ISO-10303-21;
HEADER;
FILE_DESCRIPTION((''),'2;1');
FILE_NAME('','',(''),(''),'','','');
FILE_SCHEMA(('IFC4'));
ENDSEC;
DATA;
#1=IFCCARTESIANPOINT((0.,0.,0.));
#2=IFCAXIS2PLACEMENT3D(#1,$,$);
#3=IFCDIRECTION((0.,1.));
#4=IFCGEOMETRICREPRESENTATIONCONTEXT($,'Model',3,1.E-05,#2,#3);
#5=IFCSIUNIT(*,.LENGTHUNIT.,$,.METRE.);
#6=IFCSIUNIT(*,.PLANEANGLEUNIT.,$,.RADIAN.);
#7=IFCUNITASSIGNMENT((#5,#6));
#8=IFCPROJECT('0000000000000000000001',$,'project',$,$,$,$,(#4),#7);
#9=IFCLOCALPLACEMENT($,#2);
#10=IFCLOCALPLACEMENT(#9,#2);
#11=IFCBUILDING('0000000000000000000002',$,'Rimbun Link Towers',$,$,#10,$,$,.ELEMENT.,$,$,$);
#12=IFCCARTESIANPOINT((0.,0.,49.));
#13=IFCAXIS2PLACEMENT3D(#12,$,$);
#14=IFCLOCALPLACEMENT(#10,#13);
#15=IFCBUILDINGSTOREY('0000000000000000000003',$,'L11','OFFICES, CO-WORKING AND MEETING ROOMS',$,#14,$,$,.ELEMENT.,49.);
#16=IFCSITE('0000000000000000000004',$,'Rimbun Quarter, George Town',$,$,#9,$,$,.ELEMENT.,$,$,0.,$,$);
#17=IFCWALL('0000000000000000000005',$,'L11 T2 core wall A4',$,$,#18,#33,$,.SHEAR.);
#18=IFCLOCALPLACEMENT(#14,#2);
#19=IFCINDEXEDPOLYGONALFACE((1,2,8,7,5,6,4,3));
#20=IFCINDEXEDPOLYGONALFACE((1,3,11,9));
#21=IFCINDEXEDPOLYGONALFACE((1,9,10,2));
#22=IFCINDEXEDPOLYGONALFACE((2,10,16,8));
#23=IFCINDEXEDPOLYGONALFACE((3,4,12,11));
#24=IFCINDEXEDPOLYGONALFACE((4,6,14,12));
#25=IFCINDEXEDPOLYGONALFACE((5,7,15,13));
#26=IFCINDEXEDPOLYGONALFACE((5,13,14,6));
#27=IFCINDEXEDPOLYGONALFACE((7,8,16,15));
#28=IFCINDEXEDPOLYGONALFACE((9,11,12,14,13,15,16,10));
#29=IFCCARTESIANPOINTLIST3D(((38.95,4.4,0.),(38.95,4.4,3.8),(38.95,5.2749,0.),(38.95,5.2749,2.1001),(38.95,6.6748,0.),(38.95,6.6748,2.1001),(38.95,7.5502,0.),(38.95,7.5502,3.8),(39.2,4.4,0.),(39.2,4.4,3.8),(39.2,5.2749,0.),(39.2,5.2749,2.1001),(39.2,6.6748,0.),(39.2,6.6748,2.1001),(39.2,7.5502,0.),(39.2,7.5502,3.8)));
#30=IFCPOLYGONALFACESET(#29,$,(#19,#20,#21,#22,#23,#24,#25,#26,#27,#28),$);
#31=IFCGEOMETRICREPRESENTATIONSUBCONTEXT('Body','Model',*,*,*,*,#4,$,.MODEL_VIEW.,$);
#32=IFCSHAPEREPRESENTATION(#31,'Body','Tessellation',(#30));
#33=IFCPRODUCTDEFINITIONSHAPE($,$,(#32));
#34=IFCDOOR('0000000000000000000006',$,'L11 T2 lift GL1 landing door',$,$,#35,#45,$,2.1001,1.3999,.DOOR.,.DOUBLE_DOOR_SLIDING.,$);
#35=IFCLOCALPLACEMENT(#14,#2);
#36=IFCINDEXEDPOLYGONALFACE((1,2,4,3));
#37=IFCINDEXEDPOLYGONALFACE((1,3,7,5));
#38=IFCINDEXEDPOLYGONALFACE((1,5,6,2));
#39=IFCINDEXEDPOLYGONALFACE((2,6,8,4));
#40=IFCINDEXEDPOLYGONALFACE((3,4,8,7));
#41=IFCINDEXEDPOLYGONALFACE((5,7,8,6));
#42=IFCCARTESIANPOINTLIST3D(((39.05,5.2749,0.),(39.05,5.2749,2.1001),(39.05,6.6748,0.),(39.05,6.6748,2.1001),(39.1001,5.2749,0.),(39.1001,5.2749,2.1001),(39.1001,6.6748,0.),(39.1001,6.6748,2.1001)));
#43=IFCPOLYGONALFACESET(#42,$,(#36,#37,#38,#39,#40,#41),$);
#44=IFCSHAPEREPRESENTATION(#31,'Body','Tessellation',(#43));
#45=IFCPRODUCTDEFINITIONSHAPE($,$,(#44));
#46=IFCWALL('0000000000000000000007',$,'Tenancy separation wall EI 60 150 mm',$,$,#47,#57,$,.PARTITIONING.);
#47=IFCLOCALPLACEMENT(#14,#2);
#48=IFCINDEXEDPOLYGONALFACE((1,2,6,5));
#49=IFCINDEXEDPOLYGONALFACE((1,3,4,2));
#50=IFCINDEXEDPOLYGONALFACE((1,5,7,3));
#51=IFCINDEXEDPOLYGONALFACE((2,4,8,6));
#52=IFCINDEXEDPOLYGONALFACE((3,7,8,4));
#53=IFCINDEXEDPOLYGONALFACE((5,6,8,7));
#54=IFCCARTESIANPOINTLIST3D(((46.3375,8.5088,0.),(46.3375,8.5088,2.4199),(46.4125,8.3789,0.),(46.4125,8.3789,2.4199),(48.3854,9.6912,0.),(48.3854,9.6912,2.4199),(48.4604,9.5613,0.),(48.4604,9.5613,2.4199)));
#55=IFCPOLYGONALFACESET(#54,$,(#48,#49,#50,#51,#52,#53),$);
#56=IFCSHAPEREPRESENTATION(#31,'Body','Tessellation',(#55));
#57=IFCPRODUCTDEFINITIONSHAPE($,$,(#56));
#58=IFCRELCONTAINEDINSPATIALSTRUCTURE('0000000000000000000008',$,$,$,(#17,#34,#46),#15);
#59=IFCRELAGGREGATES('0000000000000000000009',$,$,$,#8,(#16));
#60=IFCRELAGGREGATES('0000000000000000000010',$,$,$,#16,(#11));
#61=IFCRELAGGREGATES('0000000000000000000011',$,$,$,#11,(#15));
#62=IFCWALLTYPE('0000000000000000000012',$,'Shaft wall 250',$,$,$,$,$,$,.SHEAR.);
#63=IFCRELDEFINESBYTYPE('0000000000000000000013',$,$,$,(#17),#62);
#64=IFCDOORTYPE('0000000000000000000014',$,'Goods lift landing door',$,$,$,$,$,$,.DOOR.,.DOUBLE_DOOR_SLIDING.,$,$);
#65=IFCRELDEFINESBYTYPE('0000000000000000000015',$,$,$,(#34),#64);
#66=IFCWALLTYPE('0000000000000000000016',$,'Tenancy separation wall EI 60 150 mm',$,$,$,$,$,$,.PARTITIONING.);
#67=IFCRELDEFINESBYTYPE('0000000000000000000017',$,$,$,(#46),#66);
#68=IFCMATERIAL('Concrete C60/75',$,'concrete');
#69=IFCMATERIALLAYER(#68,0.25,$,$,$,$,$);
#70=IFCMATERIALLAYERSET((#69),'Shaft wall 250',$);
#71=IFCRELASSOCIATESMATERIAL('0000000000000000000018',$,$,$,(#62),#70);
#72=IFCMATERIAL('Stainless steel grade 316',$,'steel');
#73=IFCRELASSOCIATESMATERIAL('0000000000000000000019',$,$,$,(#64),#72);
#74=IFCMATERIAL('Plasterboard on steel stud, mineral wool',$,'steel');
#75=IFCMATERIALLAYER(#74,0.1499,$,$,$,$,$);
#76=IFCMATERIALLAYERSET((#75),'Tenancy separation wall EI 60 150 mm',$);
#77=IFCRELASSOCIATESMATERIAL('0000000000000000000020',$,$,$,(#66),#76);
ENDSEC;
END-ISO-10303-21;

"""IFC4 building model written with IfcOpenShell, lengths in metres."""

from ifc_helpers import new_model, si_unit, direction, frame, frame_2d, origin, place, context, subcontext, project, spatial, rectangle, extrude, material, layer, layer_set, type_object, element, fill, save


model = new_model("IFC4")

# Units and contexts
model_context = context("Model", 3, precision=1e-05, world=origin(), true_north=direction((0.0, 1.0)))
body_context = subcontext(model_context, "Body", "Model", "MODEL_VIEW")
ifc_project = project(units=[si_unit("LENGTHUNIT", "METRE"), si_unit("PLANEANGLEUNIT", "RADIAN")], contexts=[model_context])

# Site, building, storey
site_placement = place(None, origin())
site = spatial("IfcSite", under=ifc_project, at=site_placement, Name="Rimbun Quarter, George Town", CompositionType="ELEMENT", RefElevation=0.0)
building_placement = place(site_placement, origin())
building = spatial("IfcBuilding", under=site, at=building_placement, Name="Rimbun Link Towers", CompositionType="ELEMENT")
storey_placement = place(building_placement, frame((0.0, 0.0, 49.0)))
storey = spatial("IfcBuildingStorey", under=building, at=storey_placement, Name="L11", Description="OFFICES, CO-WORKING AND MEETING ROOMS", CompositionType="ELEMENT", Elevation=49.0)

# Shared definitions
ifc_material_1 = material(Name="Concrete C60/75", Category="concrete")
ifc_layer_1 = layer(ifc_material_1, 0.25)
ifc_layer_set_1 = layer_set([ifc_layer_1], Name="Shaft wall 250")
wall_type_1 = type_object("IfcWallType", Name="Shaft wall 250", PredefinedType="SHEAR", material=ifc_layer_set_1)

# Wall, opening, door
wall_1_placement = place(storey_placement, frame((39.075, 4.3999, 0.0), z_axis=(0.0, 0.0, 1.0), x_axis=(0.0, 1.0, 0.0)))
wall_1 = element("IfcWall", 1, at=wall_1_placement, inside=storey, type_object=wall_type_1, Name="L11 T2 core wall A4", PredefinedType="SHEAR", context=body_context, shape_type="SweptSolid", body=[
    extrude(rectangle(XDim=3.1501, YDim=0.25, at=frame_2d((1.5752, 0.0))), origin(), (0.0, 0.0, 1.0), 3.8),
])
opening_1_placement = place(wall_1_placement, frame((0.875, 0.0, 0.0)))
opening_1 = element("IfcOpeningElement", 2, at=opening_1_placement, cuts=wall_1, PredefinedType="OPENING", context=body_context, shape_type="SweptSolid", body=[
    extrude(rectangle(XDim=1.3999, YDim=2.1001, at=frame_2d((0.7, 1.05))), frame((0.0, 0.135, 0.0), z_axis=(0.0, -1.0, 0.0), x_axis=(1.0, 0.0, 0.0)), (0.0, 0.0, 1.0), 0.27),
])
ifc_material_2 = material(Name="Stainless steel grade 316", Category="steel")
door_type_1 = type_object("IfcDoorType", Name="Goods lift landing door", OperationType="DOUBLE_DOOR_SLIDING", PredefinedType="DOOR", material=ifc_material_2)
door_1_placement = place(opening_1_placement, origin())
door_1 = element("IfcDoor", 3, at=door_1_placement, inside=storey, type_object=door_type_1, Name="L11 T2 lift GL1 landing door", OperationType="DOUBLE_DOOR_SLIDING", OverallHeight=2.1001, OverallWidth=1.3999, PredefinedType="DOOR", context=body_context, shape_type="SweptSolid", body=[
    extrude(rectangle(XDim=1.3999, YDim=2.1001, at=frame_2d((0.7, 1.05))), frame((0.0, 0.0249, 0.0), z_axis=(0.0, -1.0, 0.0), x_axis=(1.0, 0.0, 0.0)), (0.0, 0.0, 1.0), 0.05),
])
fill(opening_1, door_1)

# Wall
ifc_material_3 = material(Name="Plasterboard on steel stud, mineral wool", Category="steel")
ifc_layer_2 = layer(ifc_material_3, 0.1499)
ifc_layer_set_2 = layer_set([ifc_layer_2], Name="Tenancy separation wall EI 60 150 mm")
wall_type_2 = type_object("IfcWallType", Name="Tenancy separation wall EI 60 150 mm", PredefinedType="PARTITIONING", material=ifc_layer_set_2)
wall_2_placement = place(storey_placement, frame((46.375, 8.4438, 0.0), z_axis=(0.0, 0.0, 1.0), x_axis=(0.866017, 0.500014, 0.0)))
element("IfcWall", 4, at=wall_2_placement, inside=storey, type_object=wall_type_2, Name="Tenancy separation wall EI 60 150 mm", PredefinedType="PARTITIONING", context=body_context, shape_type="SweptSolid", body=[
    extrude(rectangle(XDim=2.3647, YDim=0.1499, at=frame_2d((1.1824, 0.0))), origin(), (0.0, 0.0, 1.0), 2.4199),
])

save(model, "model.ifc")
